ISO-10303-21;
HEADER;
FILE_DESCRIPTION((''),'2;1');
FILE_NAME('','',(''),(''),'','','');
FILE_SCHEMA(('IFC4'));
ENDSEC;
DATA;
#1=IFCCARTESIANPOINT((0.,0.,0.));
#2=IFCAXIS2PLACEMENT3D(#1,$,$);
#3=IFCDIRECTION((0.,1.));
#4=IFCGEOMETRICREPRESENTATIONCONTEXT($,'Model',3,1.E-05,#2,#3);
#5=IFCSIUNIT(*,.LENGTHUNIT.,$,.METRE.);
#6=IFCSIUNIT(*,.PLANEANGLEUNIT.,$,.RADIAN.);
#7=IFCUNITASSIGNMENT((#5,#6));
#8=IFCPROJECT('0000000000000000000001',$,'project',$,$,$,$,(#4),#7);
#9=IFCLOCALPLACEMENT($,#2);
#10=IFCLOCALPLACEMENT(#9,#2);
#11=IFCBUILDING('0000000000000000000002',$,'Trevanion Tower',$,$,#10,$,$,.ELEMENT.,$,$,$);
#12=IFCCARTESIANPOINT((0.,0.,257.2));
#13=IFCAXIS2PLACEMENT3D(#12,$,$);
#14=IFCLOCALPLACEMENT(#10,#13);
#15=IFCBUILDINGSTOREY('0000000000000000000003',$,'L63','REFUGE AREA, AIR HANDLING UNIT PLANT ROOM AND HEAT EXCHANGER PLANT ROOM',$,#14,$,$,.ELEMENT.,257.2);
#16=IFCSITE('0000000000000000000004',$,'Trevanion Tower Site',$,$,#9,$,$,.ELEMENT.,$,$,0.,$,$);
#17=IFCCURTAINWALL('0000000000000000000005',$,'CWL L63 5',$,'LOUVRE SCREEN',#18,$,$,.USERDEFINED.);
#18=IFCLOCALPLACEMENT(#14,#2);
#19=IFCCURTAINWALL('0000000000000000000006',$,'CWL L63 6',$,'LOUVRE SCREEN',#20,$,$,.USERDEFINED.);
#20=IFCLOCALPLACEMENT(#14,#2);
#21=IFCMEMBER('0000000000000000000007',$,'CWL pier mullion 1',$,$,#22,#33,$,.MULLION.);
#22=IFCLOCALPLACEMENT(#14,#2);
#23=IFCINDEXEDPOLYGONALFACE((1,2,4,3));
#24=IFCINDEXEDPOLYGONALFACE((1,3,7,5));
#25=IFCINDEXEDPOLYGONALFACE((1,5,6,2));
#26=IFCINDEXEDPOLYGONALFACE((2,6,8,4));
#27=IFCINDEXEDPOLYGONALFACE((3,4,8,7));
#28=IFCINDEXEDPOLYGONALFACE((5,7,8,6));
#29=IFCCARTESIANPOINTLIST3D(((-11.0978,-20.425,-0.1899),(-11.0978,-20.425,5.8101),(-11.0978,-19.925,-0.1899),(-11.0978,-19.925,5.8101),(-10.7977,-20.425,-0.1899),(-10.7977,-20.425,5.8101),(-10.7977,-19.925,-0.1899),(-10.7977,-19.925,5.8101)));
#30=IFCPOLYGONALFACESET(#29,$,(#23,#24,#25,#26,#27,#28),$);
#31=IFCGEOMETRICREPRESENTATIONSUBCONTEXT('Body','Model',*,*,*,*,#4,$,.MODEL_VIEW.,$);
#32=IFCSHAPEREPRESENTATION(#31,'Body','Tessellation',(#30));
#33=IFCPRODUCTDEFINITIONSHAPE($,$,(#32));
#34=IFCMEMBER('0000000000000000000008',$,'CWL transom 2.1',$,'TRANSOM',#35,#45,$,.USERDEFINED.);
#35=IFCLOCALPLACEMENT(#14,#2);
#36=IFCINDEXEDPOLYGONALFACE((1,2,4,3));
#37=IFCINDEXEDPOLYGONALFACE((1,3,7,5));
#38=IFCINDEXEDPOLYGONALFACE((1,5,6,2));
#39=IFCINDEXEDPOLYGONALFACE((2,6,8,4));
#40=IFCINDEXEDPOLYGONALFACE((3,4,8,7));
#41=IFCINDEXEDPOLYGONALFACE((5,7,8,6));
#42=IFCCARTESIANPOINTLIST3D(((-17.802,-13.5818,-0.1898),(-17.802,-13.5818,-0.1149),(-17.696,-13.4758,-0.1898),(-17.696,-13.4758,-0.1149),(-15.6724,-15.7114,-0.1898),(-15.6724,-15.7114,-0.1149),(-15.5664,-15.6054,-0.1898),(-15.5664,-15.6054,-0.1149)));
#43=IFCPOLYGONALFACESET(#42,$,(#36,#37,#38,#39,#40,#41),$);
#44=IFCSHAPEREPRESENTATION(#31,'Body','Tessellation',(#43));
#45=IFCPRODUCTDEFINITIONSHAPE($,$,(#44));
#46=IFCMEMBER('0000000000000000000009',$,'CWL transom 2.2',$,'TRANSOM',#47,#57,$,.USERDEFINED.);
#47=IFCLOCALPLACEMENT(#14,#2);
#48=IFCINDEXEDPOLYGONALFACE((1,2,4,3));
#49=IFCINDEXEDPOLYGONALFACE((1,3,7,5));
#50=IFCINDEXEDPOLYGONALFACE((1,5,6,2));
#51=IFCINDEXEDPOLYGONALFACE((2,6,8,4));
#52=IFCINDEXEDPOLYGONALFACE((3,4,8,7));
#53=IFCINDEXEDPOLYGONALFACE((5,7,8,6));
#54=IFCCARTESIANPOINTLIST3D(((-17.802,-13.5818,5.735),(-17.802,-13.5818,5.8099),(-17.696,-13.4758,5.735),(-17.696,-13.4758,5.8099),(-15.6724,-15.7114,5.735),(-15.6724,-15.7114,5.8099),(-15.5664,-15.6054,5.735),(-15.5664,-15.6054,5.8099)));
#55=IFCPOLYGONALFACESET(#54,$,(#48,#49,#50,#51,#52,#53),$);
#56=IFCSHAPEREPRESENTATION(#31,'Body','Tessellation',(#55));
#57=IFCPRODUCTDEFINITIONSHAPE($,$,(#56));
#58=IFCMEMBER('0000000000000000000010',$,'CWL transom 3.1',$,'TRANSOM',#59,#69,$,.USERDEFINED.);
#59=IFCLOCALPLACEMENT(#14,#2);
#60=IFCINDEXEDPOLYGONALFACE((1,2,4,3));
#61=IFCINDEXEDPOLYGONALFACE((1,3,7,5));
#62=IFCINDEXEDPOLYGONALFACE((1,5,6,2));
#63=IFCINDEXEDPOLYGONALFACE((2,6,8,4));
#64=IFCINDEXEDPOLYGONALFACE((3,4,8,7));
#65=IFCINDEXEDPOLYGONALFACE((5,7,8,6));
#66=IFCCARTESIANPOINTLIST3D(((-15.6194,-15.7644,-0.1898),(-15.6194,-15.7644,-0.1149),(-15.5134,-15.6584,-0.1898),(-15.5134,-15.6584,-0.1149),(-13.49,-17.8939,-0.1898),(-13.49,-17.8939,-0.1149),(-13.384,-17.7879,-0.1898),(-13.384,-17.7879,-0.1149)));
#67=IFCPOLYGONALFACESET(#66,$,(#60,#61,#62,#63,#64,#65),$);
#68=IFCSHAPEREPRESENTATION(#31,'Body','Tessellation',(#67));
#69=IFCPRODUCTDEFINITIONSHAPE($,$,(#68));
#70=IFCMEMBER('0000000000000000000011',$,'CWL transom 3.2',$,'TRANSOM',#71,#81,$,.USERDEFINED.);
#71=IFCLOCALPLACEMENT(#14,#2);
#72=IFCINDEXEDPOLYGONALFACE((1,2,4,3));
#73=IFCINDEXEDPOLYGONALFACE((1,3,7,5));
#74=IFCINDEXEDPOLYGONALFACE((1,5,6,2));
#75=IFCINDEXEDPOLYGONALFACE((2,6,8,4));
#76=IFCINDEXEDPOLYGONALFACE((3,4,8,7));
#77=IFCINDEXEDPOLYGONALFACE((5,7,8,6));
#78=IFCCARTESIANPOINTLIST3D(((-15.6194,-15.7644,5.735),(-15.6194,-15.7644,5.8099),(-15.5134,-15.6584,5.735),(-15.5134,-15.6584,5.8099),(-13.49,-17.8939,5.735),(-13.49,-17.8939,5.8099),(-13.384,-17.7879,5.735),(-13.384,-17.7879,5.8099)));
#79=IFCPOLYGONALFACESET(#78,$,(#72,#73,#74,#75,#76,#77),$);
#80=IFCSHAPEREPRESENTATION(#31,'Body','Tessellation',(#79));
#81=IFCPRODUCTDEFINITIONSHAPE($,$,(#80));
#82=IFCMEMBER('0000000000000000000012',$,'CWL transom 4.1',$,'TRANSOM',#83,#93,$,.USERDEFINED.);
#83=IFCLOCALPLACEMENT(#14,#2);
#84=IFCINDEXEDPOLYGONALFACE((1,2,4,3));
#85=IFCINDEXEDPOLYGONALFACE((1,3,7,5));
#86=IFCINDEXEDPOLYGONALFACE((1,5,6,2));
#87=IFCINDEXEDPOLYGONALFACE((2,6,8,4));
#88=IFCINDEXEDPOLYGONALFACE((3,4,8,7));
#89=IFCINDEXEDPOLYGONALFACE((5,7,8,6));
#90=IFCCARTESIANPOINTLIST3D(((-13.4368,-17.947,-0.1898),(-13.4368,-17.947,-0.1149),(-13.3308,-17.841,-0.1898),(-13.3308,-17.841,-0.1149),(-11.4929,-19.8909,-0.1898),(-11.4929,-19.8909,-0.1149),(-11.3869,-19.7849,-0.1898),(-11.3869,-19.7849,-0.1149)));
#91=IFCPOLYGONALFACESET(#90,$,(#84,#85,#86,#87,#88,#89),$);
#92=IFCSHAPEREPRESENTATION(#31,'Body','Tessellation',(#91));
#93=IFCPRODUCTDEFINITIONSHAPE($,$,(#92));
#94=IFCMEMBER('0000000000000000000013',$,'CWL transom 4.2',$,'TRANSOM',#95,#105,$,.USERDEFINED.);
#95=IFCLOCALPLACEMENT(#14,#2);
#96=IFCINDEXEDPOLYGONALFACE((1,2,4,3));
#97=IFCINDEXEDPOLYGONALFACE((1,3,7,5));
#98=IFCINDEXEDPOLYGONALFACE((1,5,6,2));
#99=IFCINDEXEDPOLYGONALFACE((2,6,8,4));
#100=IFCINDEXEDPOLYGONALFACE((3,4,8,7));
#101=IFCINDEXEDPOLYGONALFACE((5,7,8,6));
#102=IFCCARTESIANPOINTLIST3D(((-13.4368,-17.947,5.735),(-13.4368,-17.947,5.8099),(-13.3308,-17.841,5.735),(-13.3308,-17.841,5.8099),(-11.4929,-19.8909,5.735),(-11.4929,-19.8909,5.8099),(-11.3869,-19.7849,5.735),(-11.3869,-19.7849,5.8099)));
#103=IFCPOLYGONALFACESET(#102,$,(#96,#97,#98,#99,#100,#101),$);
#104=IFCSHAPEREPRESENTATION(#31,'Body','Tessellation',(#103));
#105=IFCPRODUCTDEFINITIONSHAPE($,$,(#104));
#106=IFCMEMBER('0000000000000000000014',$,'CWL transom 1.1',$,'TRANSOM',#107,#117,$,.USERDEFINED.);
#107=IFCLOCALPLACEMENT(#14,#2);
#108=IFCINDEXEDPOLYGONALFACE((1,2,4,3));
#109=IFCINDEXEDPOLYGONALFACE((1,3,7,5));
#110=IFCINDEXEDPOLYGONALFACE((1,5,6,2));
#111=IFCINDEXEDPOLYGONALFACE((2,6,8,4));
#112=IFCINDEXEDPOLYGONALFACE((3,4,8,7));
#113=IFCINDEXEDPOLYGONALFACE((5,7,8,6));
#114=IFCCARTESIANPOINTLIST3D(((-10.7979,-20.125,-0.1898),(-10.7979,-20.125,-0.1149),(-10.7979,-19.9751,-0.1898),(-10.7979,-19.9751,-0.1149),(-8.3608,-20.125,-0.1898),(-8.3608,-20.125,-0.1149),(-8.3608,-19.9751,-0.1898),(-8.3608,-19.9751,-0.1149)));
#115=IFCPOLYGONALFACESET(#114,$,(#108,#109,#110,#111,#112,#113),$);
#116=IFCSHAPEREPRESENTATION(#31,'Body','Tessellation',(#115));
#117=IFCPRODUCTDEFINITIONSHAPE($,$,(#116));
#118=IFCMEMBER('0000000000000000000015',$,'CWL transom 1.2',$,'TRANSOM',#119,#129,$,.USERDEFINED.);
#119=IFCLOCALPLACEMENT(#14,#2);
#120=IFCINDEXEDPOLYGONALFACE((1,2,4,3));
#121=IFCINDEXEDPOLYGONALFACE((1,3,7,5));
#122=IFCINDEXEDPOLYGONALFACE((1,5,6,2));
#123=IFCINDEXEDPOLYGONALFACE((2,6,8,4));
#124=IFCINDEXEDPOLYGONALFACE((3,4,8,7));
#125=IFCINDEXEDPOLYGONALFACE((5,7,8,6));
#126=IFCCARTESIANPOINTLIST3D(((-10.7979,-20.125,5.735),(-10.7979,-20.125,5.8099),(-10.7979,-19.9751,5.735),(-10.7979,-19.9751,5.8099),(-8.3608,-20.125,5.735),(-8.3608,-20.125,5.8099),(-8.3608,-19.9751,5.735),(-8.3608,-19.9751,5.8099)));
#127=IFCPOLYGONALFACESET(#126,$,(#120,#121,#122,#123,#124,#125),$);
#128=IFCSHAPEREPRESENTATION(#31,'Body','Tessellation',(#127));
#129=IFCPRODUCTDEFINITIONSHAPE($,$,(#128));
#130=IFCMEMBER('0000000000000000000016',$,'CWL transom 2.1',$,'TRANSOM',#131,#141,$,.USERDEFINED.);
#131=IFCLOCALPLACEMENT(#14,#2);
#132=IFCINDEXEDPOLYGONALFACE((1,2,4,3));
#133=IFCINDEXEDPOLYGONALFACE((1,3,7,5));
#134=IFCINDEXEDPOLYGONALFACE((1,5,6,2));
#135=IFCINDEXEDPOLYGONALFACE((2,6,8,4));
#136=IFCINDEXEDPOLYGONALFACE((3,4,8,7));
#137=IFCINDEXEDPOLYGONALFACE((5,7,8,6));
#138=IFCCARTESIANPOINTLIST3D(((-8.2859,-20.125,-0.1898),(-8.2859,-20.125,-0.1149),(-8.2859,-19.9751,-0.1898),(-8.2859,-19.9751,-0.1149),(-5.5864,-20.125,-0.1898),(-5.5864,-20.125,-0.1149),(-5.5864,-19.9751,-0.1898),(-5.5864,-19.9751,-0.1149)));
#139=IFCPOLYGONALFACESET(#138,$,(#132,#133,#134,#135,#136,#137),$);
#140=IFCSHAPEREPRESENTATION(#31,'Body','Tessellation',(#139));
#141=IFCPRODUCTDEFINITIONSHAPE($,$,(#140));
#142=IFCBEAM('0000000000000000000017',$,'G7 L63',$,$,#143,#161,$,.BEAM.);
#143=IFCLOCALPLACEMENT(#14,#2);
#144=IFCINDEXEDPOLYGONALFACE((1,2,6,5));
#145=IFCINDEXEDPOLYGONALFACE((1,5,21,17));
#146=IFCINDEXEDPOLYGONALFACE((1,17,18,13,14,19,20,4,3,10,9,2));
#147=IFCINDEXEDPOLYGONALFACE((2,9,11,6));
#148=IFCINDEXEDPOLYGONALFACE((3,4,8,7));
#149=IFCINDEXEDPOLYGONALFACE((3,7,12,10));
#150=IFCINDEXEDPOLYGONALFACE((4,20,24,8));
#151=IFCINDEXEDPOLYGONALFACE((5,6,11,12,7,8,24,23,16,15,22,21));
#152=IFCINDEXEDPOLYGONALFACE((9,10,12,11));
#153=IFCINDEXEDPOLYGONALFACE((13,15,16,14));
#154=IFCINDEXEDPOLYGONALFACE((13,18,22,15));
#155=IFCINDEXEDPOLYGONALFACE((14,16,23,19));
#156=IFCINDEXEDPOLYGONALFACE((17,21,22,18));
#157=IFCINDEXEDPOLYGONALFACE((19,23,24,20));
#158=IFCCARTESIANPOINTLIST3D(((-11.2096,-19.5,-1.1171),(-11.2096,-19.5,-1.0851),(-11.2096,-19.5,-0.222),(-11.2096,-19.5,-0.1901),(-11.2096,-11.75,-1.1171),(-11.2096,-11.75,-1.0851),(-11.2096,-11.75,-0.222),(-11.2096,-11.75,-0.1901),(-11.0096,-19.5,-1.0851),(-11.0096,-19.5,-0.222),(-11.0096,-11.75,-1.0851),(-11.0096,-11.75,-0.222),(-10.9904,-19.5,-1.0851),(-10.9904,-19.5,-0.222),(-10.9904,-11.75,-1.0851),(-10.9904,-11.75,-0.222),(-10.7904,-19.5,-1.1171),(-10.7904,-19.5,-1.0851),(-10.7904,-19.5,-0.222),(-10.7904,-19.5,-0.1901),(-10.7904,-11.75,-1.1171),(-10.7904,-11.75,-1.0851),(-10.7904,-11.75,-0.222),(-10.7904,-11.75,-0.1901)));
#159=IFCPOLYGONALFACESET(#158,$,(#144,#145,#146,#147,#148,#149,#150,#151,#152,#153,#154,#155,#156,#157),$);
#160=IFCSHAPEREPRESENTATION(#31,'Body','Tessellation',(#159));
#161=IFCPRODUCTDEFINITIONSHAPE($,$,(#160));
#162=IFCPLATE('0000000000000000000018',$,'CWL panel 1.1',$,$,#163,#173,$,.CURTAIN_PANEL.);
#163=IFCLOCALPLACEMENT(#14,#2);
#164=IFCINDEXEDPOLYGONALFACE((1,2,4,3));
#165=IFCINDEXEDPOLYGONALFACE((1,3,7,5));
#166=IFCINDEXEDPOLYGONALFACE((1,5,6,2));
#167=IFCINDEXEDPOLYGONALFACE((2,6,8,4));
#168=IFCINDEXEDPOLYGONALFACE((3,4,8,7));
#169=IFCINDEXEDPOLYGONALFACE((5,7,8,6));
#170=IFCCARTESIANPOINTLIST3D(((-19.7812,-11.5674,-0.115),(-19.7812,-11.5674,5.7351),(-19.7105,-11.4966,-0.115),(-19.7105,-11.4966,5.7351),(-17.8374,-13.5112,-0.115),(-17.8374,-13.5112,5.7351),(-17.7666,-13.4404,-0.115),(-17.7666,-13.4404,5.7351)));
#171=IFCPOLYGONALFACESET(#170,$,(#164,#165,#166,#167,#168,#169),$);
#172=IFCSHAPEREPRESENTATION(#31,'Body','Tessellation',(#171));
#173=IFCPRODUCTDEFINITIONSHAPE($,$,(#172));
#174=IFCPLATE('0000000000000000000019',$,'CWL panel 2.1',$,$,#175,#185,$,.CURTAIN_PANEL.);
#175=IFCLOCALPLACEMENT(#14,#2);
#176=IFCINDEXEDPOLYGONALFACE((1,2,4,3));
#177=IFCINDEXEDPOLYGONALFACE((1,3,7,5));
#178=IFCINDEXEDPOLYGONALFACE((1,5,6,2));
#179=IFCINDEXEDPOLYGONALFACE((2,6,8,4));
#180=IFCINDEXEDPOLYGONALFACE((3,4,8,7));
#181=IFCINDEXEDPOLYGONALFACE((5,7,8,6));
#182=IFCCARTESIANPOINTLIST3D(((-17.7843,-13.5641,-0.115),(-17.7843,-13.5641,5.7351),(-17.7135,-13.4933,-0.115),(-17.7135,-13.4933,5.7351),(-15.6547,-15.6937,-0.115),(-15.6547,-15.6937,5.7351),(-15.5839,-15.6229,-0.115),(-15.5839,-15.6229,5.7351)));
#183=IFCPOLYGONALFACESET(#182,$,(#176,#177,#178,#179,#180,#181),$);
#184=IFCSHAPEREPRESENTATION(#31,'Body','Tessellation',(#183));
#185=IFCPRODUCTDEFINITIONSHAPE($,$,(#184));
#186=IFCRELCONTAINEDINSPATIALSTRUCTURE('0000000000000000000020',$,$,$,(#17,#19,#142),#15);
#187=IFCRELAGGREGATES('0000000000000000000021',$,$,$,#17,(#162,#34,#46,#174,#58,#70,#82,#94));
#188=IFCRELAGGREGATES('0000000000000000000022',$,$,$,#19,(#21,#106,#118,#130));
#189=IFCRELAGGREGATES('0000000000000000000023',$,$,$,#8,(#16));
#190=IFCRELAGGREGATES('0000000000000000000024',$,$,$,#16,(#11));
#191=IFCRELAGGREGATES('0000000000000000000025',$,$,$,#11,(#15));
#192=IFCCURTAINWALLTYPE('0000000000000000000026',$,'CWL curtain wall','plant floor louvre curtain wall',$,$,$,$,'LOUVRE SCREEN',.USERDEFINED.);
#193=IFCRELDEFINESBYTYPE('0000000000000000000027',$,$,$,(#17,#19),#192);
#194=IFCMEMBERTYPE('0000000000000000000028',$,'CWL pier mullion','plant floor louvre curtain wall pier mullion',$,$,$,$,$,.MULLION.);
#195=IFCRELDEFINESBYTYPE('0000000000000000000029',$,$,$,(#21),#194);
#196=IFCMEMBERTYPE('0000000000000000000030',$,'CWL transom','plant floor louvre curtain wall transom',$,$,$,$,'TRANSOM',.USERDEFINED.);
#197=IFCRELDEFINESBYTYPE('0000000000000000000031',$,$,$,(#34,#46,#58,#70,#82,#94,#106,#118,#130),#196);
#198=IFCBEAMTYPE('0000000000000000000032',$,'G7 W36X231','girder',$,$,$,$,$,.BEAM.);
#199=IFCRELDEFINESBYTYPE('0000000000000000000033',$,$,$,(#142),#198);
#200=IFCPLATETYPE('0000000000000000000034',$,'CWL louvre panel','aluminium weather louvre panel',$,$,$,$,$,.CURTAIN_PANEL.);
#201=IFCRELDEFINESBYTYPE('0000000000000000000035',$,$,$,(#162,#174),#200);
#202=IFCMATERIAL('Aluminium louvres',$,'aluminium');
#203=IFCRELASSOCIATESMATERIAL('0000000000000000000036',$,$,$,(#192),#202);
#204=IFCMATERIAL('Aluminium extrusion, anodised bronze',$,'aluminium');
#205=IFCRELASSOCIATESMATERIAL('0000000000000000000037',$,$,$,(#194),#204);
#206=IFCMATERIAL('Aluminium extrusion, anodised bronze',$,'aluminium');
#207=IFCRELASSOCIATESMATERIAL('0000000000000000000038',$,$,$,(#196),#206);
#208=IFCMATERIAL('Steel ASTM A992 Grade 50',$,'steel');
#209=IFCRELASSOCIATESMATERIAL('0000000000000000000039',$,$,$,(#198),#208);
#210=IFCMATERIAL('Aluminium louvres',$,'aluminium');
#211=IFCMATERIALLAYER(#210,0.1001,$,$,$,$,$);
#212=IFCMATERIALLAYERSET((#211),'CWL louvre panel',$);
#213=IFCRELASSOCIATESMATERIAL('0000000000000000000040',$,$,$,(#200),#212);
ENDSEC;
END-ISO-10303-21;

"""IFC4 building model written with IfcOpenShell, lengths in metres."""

from ifc_helpers import new_model, si_unit, direction, frame, origin, origin_2d, place, context, subcontext, project, spatial, rectangle, i_section, extrude, material, layer, layer_set, material_profile, profile_set, type_object, element, aggregate, save


model = new_model("IFC4")

# Units and contexts
model_context = context("Model", 3, precision=1e-05, world=origin(), true_north=direction((0.0, 1.0)))
body_context = subcontext(model_context, "Body", "Model", "MODEL_VIEW")
ifc_project = project(units=[si_unit("LENGTHUNIT", "METRE"), si_unit("PLANEANGLEUNIT", "RADIAN")], contexts=[model_context])

# Site, building, storey
site_placement = place(None, origin())
site = spatial("IfcSite", under=ifc_project, at=site_placement, Name="Trevanion Tower Site", CompositionType="ELEMENT", RefElevation=0.0)
building_placement = place(site_placement, origin())
building = spatial("IfcBuilding", under=site, at=building_placement, Name="Trevanion Tower", CompositionType="ELEMENT")
storey_placement = place(building_placement, frame((0.0, 0.0, 257.2)))
storey = spatial("IfcBuildingStorey", under=building, at=storey_placement, Name="L63", Description="REFUGE AREA, AIR HANDLING UNIT PLANT ROOM AND HEAT EXCHANGER PLANT ROOM", CompositionType="ELEMENT", Elevation=257.2)

# Curtain wall
ifc_material_1 = material(Name="Aluminium louvres", Category="aluminium")
curtain_wall_type = type_object("IfcCurtainWallType", Name="CWL curtain wall", Description="plant floor louvre curtain wall", ElementType="LOUVRE SCREEN", PredefinedType="USERDEFINED", material=ifc_material_1)
curtain_wall_1_placement = place(storey_placement, origin())
curtain_wall_1 = element("IfcCurtainWall", 1, at=curtain_wall_1_placement, inside=storey, type_object=curtain_wall_type, Name="CWL L63 5", ObjectType="LOUVRE SCREEN", PredefinedType="USERDEFINED")

# Curtain wall
curtain_wall_2_placement = place(storey_placement, origin())
curtain_wall_2 = element("IfcCurtainWall", 2, at=curtain_wall_2_placement, inside=storey, type_object=curtain_wall_type, Name="CWL L63 6", ObjectType="LOUVRE SCREEN", PredefinedType="USERDEFINED")

# Members
ifc_material_2 = material(Name="Aluminium extrusion, anodised bronze", Category="aluminium")
ifc_material_profile_1 = material_profile(ifc_material_2, rectangle(XDim=0.3, YDim=0.5, at=origin_2d()), Name="CWL pier mullion")
ifc_profile_set_1 = profile_set([ifc_material_profile_1], Name="Aluminium extrusion, anodised bronze")
member_type_1 = type_object("IfcMemberType", Name="CWL pier mullion", Description="plant floor louvre curtain wall pier mullion", PredefinedType="MULLION", material=ifc_profile_set_1)
member_1_placement = place(storey_placement, frame((-10.9478, -20.175, -0.1899), z_axis=(0.0, 0.0, 1.0), x_axis=(1.0, 0.0, 0.0)))
member_1 = element("IfcMember", 3, at=member_1_placement, type_object=member_type_1, Name="CWL pier mullion 1", PredefinedType="MULLION", context=body_context, shape_type="SweptSolid", body=[
    extrude(rectangle(XDim=0.3, YDim=0.5, at=origin_2d()), origin(), (0.0, 0.0, 1.0), 6.0),
])
ifc_material_3 = material(Name="Aluminium extrusion, anodised bronze", Category="aluminium")
ifc_material_profile_2 = material_profile(ifc_material_3, rectangle(XDim=0.1499, YDim=0.075, at=origin_2d()), Name="CWL transom")
ifc_profile_set_2 = profile_set([ifc_material_profile_2], Name="Aluminium extrusion, anodised bronze")
member_type_2 = type_object("IfcMemberType", Name="CWL transom", Description="plant floor louvre curtain wall transom", ElementType="TRANSOM", PredefinedType="USERDEFINED", material=ifc_profile_set_2)
member_2_placement = place(storey_placement, frame((-17.749, -13.5288, -0.1523), z_axis=(0.707107, -0.707107, 0.0), x_axis=(0.707107, 0.707107, 0.0)))
member_2 = element("IfcMember", 4, at=member_2_placement, type_object=member_type_2, Name="CWL transom 2.1", ObjectType="TRANSOM", PredefinedType="USERDEFINED", context=body_context, shape_type="SweptSolid", body=[
    extrude(rectangle(XDim=0.1499, YDim=0.075, at=origin_2d()), origin(), (0.0, 0.0, 1.0), 3.0117),
])
member_3_placement = place(storey_placement, frame((-17.749, -13.5288, 5.7725), z_axis=(0.707107, -0.707107, 0.0), x_axis=(0.707107, 0.707107, 0.0)))
member_3 = element("IfcMember", 5, at=member_3_placement, type_object=member_type_2, Name="CWL transom 2.2", ObjectType="TRANSOM", PredefinedType="USERDEFINED", context=body_context, shape_type="SweptSolid", body=[
    extrude(rectangle(XDim=0.1499, YDim=0.075, at=origin_2d()), origin(), (0.0, 0.0, 1.0), 3.0117),
])
member_4_placement = place(storey_placement, frame((-15.5664, -15.7114, -0.1523), z_axis=(0.707107, -0.707107, 0.0), x_axis=(0.707107, 0.707107, 0.0)))
member_4 = element("IfcMember", 6, at=member_4_placement, type_object=member_type_2, Name="CWL transom 3.1", ObjectType="TRANSOM", PredefinedType="USERDEFINED", context=body_context, shape_type="SweptSolid", body=[
    extrude(rectangle(XDim=0.1499, YDim=0.075, at=origin_2d()), origin(), (0.0, 0.0, 1.0), 3.0115),
])
member_5_placement = place(storey_placement, frame((-15.5664, -15.7114, 5.7725), z_axis=(0.707107, -0.707107, 0.0), x_axis=(0.707107, 0.707107, 0.0)))
member_5 = element("IfcMember", 7, at=member_5_placement, type_object=member_type_2, Name="CWL transom 3.2", ObjectType="TRANSOM", PredefinedType="USERDEFINED", context=body_context, shape_type="SweptSolid", body=[
    extrude(rectangle(XDim=0.1499, YDim=0.075, at=origin_2d()), origin(), (0.0, 0.0, 1.0), 3.0115),
])
member_6_placement = place(storey_placement, frame((-13.3838, -17.894, -0.1523), z_axis=(0.707107, -0.707107, 0.0), x_axis=(0.707107, 0.707107, 0.0)))
member_6 = element("IfcMember", 8, at=member_6_placement, type_object=member_type_2, Name="CWL transom 4.1", ObjectType="TRANSOM", PredefinedType="USERDEFINED", context=body_context, shape_type="SweptSolid", body=[
    extrude(rectangle(XDim=0.1499, YDim=0.075, at=origin_2d()), origin(), (0.0, 0.0, 1.0), 2.749),
])
member_7_placement = place(storey_placement, frame((-13.3838, -17.894, 5.7725), z_axis=(0.707107, -0.707107, 0.0), x_axis=(0.707107, 0.707107, 0.0)))
member_7 = element("IfcMember", 9, at=member_7_placement, type_object=member_type_2, Name="CWL transom 4.2", ObjectType="TRANSOM", PredefinedType="USERDEFINED", context=body_context, shape_type="SweptSolid", body=[
    extrude(rectangle(XDim=0.1499, YDim=0.075, at=origin_2d()), origin(), (0.0, 0.0, 1.0), 2.749),
])
member_8_placement = place(storey_placement, frame((-10.7979, -20.05, -0.1523), z_axis=(1.0, 0.0, 0.0), x_axis=(0.0, 1.0, 0.0)))
member_8 = element("IfcMember", 10, at=member_8_placement, type_object=member_type_2, Name="CWL transom 1.1", ObjectType="TRANSOM", PredefinedType="USERDEFINED", context=body_context, shape_type="SweptSolid", body=[
    extrude(rectangle(XDim=0.1499, YDim=0.075, at=origin_2d()), origin(), (0.0, 0.0, 1.0), 2.437),
])
member_9_placement = place(storey_placement, frame((-10.7979, -20.05, 5.7725), z_axis=(1.0, 0.0, 0.0), x_axis=(0.0, 1.0, 0.0)))
member_9 = element("IfcMember", 11, at=member_9_placement, type_object=member_type_2, Name="CWL transom 1.2", ObjectType="TRANSOM", PredefinedType="USERDEFINED", context=body_context, shape_type="SweptSolid", body=[
    extrude(rectangle(XDim=0.1499, YDim=0.075, at=origin_2d()), origin(), (0.0, 0.0, 1.0), 2.437),
])
member_10_placement = place(storey_placement, frame((-8.2859, -20.05, -0.1523), z_axis=(1.0, 0.0, 0.0), x_axis=(0.0, 1.0, 0.0)))
member_10 = element("IfcMember", 12, at=member_10_placement, type_object=member_type_2, Name="CWL transom 2.1", ObjectType="TRANSOM", PredefinedType="USERDEFINED", context=body_context, shape_type="SweptSolid", body=[
    extrude(rectangle(XDim=0.1499, YDim=0.075, at=origin_2d()), origin(), (0.0, 0.0, 1.0), 2.6995),
])

# Beam
ifc_material_4 = material(Name="Steel ASTM A992 Grade 50", Category="steel")
ifc_material_profile_3 = material_profile(ifc_material_4, i_section(OverallWidth=0.4192, OverallDepth=0.927, WebThickness=0.0193, FlangeThickness=0.032, at=origin_2d()), Name="W36X231")
ifc_profile_set_3 = profile_set([ifc_material_profile_3], Name="Steel ASTM A992 Grade 50")
beam_type_1 = type_object("IfcBeamType", Name="G7 W36X231", Description="girder", PredefinedType="BEAM", material=ifc_profile_set_3)
beam_1_placement = place(storey_placement, frame((-11.0, -11.75, -0.6536), z_axis=(0.0, -1.0, 0.0), x_axis=(1.0, 0.0, 0.0)))
element("IfcBeam", 13, at=beam_1_placement, inside=storey, type_object=beam_type_1, Name="G7 L63", PredefinedType="BEAM", context=body_context, shape_type="SweptSolid", body=[
    extrude(i_section(OverallWidth=0.4192, OverallDepth=0.927, WebThickness=0.0193, FlangeThickness=0.032, at=origin_2d()), origin(), (0.0, 0.0, 1.0), 7.75),
])

# Plates
ifc_material_5 = material(Name="Aluminium louvres", Category="aluminium")
ifc_layer_1 = layer(ifc_material_5, 0.1001)
ifc_layer_set_1 = layer_set([ifc_layer_1], Name="CWL louvre panel")
plate_type = type_object("IfcPlateType", Name="CWL louvre panel", Description="aluminium weather louvre panel", PredefinedType="CURTAIN_PANEL", material=ifc_layer_set_1)
plate_1_placement = place(storey_placement, frame((-18.7739, -12.5039, -0.115), z_axis=(0.0, 0.0, 1.0), x_axis=(0.707107, -0.707107, 0.0)))
plate_1 = element("IfcPlate", 14, at=plate_1_placement, type_object=plate_type, Name="CWL panel 1.1", PredefinedType="CURTAIN_PANEL", context=body_context, shape_type="SweptSolid", body=[
    extrude(rectangle(XDim=2.749, YDim=0.1001, at=origin_2d()), origin(), (0.0, 0.0, 1.0), 5.8501),
])
plate_2_placement = place(storey_placement, frame((-16.6841, -14.5935, -0.115), z_axis=(0.0, 0.0, 1.0), x_axis=(0.707107, -0.707107, 0.0)))
plate_2 = element("IfcPlate", 15, at=plate_2_placement, type_object=plate_type, Name="CWL panel 2.1", PredefinedType="CURTAIN_PANEL", context=body_context, shape_type="SweptSolid", body=[
    extrude(rectangle(XDim=3.0117, YDim=0.1001, at=origin_2d()), origin(), (0.0, 0.0, 1.0), 5.8501),
])
aggregate(curtain_wall_1, [plate_1, member_2, member_3, plate_2, member_4, member_5, member_6, member_7])
aggregate(curtain_wall_2, [member_1, member_8, member_9, member_10])

save(model, "model.ifc")
